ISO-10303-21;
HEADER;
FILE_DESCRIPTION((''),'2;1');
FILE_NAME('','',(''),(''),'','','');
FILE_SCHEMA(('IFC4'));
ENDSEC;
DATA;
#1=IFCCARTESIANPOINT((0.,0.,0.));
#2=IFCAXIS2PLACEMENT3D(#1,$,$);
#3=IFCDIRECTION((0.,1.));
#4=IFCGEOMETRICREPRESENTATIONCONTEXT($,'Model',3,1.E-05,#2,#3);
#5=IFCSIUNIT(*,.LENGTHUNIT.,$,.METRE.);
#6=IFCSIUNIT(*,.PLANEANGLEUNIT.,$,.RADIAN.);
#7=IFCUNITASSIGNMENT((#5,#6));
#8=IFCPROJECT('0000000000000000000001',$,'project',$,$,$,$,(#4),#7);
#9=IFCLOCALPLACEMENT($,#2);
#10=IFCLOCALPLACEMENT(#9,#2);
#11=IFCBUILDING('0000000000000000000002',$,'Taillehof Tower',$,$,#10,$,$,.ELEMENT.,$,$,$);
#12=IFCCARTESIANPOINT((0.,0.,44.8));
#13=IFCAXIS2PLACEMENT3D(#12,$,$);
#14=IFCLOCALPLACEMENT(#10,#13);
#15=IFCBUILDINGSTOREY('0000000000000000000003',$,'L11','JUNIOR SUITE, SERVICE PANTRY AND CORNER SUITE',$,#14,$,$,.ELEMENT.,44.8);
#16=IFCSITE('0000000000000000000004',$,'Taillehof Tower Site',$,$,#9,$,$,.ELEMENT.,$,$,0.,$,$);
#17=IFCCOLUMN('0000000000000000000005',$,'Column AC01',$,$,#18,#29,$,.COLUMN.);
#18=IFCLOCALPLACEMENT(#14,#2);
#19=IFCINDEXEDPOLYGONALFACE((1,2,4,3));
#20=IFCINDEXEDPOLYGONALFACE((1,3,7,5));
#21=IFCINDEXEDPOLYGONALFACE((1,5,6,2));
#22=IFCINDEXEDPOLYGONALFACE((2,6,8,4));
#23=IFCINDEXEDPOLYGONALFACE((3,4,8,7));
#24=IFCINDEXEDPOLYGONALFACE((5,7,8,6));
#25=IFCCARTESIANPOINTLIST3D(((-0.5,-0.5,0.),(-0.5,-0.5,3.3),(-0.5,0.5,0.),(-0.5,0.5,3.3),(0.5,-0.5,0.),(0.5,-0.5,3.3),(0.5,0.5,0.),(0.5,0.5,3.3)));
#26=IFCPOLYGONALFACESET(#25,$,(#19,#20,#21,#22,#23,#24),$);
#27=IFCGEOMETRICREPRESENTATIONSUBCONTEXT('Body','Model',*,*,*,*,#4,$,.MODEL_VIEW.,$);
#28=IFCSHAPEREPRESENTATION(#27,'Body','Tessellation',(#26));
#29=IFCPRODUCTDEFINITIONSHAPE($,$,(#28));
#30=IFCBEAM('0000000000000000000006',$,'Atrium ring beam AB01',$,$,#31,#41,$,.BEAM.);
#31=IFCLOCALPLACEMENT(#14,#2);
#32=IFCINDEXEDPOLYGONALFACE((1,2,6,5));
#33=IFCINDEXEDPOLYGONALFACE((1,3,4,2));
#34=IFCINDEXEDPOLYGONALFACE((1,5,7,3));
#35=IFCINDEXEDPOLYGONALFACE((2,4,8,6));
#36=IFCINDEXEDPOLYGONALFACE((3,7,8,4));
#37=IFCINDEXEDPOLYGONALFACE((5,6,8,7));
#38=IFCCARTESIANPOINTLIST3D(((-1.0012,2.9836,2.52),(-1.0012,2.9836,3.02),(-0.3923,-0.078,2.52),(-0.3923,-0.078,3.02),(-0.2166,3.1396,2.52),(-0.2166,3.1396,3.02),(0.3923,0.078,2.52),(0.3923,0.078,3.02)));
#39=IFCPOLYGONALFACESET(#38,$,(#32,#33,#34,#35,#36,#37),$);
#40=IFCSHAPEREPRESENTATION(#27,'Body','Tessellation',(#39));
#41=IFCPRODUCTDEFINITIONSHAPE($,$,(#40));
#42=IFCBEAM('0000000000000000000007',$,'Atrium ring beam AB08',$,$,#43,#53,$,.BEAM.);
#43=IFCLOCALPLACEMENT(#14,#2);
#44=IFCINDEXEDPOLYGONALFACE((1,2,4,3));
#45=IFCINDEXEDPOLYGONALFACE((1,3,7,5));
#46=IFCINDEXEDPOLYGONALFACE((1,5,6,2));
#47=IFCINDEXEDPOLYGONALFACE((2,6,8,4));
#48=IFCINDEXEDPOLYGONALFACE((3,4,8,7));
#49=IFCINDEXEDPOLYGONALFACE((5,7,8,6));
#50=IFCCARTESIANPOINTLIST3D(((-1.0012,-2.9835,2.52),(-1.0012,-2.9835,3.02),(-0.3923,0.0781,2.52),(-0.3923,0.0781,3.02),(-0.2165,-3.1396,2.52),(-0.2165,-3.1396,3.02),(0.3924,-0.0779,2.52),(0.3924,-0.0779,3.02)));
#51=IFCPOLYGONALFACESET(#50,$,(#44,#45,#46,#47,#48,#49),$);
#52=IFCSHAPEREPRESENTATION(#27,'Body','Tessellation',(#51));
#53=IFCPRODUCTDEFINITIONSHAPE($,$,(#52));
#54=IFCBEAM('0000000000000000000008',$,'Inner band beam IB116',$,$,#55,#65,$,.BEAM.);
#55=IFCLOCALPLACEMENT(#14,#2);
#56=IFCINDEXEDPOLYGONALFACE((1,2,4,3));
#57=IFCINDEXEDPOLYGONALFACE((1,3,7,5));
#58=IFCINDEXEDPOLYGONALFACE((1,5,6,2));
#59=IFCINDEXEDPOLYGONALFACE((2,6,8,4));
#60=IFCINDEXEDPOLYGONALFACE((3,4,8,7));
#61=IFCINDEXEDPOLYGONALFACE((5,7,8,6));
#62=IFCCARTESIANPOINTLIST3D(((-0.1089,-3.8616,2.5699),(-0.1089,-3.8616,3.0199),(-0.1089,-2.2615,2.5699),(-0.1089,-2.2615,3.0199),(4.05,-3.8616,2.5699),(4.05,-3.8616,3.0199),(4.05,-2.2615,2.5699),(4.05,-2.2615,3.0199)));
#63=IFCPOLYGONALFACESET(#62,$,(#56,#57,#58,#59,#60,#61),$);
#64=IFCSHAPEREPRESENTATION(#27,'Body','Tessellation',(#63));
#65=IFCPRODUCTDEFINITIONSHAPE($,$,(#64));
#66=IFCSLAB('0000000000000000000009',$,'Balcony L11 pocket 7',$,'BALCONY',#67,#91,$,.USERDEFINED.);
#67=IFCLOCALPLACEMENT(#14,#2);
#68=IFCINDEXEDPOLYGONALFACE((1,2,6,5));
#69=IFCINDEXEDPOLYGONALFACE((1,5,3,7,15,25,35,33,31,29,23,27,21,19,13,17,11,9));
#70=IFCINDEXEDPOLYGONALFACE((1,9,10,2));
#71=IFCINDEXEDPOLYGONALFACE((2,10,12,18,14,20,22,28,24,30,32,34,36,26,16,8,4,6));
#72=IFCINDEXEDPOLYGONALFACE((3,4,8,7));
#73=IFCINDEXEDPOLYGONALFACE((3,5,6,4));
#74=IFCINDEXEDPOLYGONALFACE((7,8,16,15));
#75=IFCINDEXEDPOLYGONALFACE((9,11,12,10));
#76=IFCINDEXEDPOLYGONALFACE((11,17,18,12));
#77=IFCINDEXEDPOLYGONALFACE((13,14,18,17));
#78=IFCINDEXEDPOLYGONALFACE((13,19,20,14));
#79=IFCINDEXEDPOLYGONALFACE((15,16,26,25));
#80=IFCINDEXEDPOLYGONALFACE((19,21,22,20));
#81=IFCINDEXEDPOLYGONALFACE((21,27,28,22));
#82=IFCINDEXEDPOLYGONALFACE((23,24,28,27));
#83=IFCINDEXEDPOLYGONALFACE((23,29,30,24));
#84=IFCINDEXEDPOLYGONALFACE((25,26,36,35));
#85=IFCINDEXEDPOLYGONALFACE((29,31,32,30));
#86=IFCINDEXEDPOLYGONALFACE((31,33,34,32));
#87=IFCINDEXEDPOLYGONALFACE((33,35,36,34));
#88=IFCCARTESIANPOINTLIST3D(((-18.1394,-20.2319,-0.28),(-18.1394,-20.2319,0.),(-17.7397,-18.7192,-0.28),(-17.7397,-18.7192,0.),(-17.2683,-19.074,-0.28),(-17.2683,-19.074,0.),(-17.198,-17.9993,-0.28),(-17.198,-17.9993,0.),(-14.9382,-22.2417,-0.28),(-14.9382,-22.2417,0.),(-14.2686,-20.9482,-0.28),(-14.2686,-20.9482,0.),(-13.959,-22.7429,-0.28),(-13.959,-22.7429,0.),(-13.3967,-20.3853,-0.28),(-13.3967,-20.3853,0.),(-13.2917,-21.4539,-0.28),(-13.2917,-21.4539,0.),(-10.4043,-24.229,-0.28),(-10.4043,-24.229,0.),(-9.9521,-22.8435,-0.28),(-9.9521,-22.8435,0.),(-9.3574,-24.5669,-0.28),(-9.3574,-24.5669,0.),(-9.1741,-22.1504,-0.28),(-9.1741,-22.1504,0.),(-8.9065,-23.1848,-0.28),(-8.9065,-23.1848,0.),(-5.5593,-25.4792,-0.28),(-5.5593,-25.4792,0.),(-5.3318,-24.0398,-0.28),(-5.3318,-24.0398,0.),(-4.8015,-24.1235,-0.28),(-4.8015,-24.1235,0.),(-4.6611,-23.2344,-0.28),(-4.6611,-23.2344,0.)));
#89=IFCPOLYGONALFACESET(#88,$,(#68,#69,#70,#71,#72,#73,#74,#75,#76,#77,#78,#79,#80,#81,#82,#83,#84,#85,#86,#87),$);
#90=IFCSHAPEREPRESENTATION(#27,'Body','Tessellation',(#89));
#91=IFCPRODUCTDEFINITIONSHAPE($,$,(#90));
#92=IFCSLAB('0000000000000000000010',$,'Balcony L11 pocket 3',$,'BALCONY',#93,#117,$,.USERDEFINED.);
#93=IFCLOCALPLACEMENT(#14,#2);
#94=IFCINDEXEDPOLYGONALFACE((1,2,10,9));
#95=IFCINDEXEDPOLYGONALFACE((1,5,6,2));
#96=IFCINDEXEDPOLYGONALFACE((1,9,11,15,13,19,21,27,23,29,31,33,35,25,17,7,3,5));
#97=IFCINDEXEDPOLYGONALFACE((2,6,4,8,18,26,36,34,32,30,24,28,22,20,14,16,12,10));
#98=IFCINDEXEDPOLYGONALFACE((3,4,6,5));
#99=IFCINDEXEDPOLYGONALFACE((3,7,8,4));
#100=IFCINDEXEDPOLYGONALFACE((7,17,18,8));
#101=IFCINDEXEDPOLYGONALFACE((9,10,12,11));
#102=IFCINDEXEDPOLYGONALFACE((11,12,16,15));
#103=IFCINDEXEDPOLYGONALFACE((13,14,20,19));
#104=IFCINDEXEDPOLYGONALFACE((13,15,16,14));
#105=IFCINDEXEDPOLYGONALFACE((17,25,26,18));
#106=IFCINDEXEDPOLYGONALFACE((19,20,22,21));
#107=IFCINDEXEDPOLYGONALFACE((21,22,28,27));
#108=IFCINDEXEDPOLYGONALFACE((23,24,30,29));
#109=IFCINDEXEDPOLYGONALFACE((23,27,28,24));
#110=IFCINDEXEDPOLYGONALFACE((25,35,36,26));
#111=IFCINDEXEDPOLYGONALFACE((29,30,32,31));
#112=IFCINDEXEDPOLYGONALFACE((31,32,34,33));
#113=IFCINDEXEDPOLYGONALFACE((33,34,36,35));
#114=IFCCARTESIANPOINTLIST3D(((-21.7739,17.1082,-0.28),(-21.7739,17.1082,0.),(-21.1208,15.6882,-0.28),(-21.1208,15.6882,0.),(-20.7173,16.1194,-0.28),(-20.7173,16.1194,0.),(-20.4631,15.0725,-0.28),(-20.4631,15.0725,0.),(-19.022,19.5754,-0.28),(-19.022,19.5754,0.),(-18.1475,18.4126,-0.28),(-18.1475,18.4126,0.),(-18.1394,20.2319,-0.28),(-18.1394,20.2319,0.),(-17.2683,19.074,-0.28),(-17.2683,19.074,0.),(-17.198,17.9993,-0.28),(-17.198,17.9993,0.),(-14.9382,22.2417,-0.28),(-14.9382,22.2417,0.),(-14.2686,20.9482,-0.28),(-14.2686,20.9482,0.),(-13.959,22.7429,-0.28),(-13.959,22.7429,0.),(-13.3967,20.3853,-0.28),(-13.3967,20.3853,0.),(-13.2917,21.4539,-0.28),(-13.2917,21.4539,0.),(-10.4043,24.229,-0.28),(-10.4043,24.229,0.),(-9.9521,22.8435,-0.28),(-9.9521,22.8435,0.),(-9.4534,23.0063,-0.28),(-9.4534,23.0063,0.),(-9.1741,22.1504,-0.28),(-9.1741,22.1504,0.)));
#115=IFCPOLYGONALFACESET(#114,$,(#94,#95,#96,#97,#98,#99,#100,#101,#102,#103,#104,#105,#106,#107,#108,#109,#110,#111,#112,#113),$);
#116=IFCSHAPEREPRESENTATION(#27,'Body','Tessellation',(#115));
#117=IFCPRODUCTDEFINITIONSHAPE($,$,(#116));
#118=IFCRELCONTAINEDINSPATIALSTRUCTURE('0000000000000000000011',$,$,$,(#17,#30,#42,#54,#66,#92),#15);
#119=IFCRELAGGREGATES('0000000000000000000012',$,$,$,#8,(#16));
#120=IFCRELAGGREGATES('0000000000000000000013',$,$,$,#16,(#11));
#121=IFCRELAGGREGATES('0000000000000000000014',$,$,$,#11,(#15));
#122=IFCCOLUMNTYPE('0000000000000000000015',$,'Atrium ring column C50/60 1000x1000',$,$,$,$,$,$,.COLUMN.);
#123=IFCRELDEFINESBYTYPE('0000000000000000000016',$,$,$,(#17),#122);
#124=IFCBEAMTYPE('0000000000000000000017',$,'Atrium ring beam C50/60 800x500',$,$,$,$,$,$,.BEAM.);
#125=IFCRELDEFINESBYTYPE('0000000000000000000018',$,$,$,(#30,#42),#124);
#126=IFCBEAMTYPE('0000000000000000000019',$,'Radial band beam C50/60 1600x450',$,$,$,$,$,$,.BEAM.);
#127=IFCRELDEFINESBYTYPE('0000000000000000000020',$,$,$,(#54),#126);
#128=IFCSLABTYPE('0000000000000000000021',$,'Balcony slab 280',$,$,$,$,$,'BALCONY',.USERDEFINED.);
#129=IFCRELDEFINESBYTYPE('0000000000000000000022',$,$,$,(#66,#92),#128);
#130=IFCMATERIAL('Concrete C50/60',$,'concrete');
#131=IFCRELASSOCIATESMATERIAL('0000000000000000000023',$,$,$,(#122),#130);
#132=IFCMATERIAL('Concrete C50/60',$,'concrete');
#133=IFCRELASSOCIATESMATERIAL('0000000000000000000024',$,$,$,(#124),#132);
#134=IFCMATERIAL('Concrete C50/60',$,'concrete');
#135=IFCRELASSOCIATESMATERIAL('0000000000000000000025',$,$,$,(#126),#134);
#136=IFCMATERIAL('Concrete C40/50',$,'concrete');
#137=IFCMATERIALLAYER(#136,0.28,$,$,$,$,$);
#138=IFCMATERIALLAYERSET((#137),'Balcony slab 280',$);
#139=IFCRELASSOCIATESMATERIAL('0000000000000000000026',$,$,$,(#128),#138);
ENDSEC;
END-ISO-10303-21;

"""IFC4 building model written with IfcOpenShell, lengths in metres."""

from ifc_helpers import new_model, si_unit, direction, frame, origin, origin_with_axes, origin_2d, place, context, subcontext, project, spatial, polyline, rectangle, outline, extrude, material, layer, layer_set, material_profile, profile_set, type_object, element, save


model = new_model("IFC4")

# Units and contexts
model_context = context("Model", 3, precision=1e-05, world=origin(), true_north=direction((0.0, 1.0)))
body_context = subcontext(model_context, "Body", "Model", "MODEL_VIEW")
ifc_project = project(units=[si_unit("LENGTHUNIT", "METRE"), si_unit("PLANEANGLEUNIT", "RADIAN")], contexts=[model_context])

# Site, building, storey
site_placement = place(None, origin())
site = spatial("IfcSite", under=ifc_project, at=site_placement, Name="Taillehof Tower Site", CompositionType="ELEMENT", RefElevation=0.0)
building_placement = place(site_placement, origin())
building = spatial("IfcBuilding", under=site, at=building_placement, Name="Taillehof Tower", CompositionType="ELEMENT")
storey_placement = place(building_placement, frame((0.0, 0.0, 44.8)))
storey = spatial("IfcBuildingStorey", under=building, at=storey_placement, Name="L11", Description="JUNIOR SUITE, SERVICE PANTRY AND CORNER SUITE", CompositionType="ELEMENT", Elevation=44.8)

# Column
ifc_material_1 = material(Name="Concrete C50/60", Category="concrete")
ifc_material_profile_1 = material_profile(ifc_material_1, rectangle(XDim=1.0, YDim=1.0, at=origin_2d()), Name="RC 1000x1000")
ifc_profile_set_1 = profile_set([ifc_material_profile_1], Name="Concrete C50/60")
column_type = type_object("IfcColumnType", Name="Atrium ring column C50/60 1000x1000", PredefinedType="COLUMN", material=ifc_profile_set_1)
column_placement = place(storey_placement, origin_with_axes())
element("IfcColumn", 1, at=column_placement, inside=storey, type_object=column_type, Name="Column AC01", PredefinedType="COLUMN", context=body_context, shape_type="SweptSolid", body=[
    extrude(rectangle(XDim=1.0, YDim=1.0, at=origin_2d()), origin(), (0.0, 0.0, 1.0), 3.3),
])

# Beams
ifc_material_2 = material(Name="Concrete C50/60", Category="concrete")
ifc_material_profile_2 = material_profile(ifc_material_2, rectangle(XDim=0.8, YDim=0.5, at=origin_2d()), Name="RC 800x500")
ifc_profile_set_2 = profile_set([ifc_material_profile_2], Name="Concrete C50/60")
beam_type_1 = type_object("IfcBeamType", Name="Atrium ring beam C50/60 800x500", PredefinedType="BEAM", material=ifc_profile_set_2)
for number, where, z_axis, x_axis, name in (
    (2, (0.0, 0.0, 2.77), (-0.195063, 0.980791, 0.0), (-0.980791, -0.195063, 0.0), "Atrium ring beam AB01"),
    (3, (-0.6089, -3.0615, 2.77), (0.195063, 0.980791, 0.0), (-0.980791, 0.195063, 0.0), "Atrium ring beam AB08"),
):
    element("IfcBeam", number, at=place(storey_placement, frame(where, z_axis=z_axis, x_axis=x_axis)), inside=storey, type_object=beam_type_1, Name=name, PredefinedType="BEAM", context=body_context, shape_type="SweptSolid", body=[
        extrude(rectangle(XDim=0.8, YDim=0.5, at=origin_2d()), origin(), (0.0, 0.0, 1.0), 3.1216),
    ])
ifc_material_3 = material(Name="Concrete C50/60", Category="concrete")
ifc_material_profile_3 = material_profile(ifc_material_3, rectangle(XDim=1.6001, YDim=0.45, at=origin_2d()), Name="RC 1600x450")
ifc_profile_set_3 = profile_set([ifc_material_profile_3], Name="Concrete C50/60")
beam_type_2 = type_object("IfcBeamType", Name="Radial band beam C50/60 1600x450", PredefinedType="BEAM", material=ifc_profile_set_3)
beam_placement = place(storey_placement, frame((-0.1089, -3.0615, 2.7949), z_axis=(1.0, 0.0, 0.0), x_axis=(0.0, 1.0, 0.0)))
element("IfcBeam", 4, at=beam_placement, inside=storey, type_object=beam_type_2, Name="Inner band beam IB116", PredefinedType="BEAM", context=body_context, shape_type="SweptSolid", body=[
    extrude(rectangle(XDim=1.6001, YDim=0.45, at=origin_2d()), origin(), (0.0, 0.0, 1.0), 4.1589),
])

# Slabs
ifc_material_4 = material(Name="Concrete C40/50", Category="concrete")
ifc_layer_1 = layer(ifc_material_4, 0.28)
ifc_layer_set_1 = layer_set([ifc_layer_1], Name="Balcony slab 280")
slab_type_1 = type_object("IfcSlabType", Name="Balcony slab 280", ElementType="BALCONY", PredefinedType="USERDEFINED", material=ifc_layer_set_1)
slab_1_placement = place(storey_placement, frame((0.0, 0.0, -0.28)))
element("IfcSlab", 5, at=slab_1_placement, inside=storey, type_object=slab_type_1, Name="Balcony L11 pocket 7", ObjectType="BALCONY", PredefinedType="USERDEFINED", context=body_context, shape_type="SweptSolid", body=[
    extrude(outline(polyline([(-4.6611, -23.2344), (-4.8015, -24.1235), (-5.3318, -24.0398), (-5.5593, -25.4792), (-9.3574, -24.5669), (-8.9065, -23.1848), (-9.9521, -22.8435), (-10.4043, -24.229), (-13.959, -22.7429), (-13.2917, -21.4539), (-14.2686, -20.9482), (-14.9382, -22.2417), (-18.1394, -20.2319), (-17.2683, -19.074), (-17.7397, -18.7192), (-17.198, -17.9993), (-13.3967, -20.3853), (-9.1741, -22.1504), (-4.6611, -23.2344)])), origin(), (0.0, 0.0, 1.0), 0.28),
])
slab_2_placement = place(storey_placement, frame((0.0, 0.0, -0.28)))
element("IfcSlab", 6, at=slab_2_placement, inside=storey, type_object=slab_type_1, Name="Balcony L11 pocket 3", ObjectType="BALCONY", PredefinedType="USERDEFINED", context=body_context, shape_type="SweptSolid", body=[
    extrude(outline(polyline([(-20.4631, 15.0725), (-21.1208, 15.6882), (-20.7173, 16.1194), (-21.7739, 17.1082), (-19.022, 19.5754), (-18.1475, 18.4126), (-17.2683, 19.074), (-18.1394, 20.2319), (-14.9382, 22.2417), (-14.2686, 20.9482), (-13.2917, 21.4539), (-13.959, 22.7429), (-10.4043, 24.229), (-9.9521, 22.8435), (-9.4534, 23.0063), (-9.1741, 22.1504), (-13.3967, 20.3853), (-17.198, 17.9993), (-20.4631, 15.0725)])), origin(), (0.0, 0.0, 1.0), 0.28),
])

save(model, "model.ifc")
